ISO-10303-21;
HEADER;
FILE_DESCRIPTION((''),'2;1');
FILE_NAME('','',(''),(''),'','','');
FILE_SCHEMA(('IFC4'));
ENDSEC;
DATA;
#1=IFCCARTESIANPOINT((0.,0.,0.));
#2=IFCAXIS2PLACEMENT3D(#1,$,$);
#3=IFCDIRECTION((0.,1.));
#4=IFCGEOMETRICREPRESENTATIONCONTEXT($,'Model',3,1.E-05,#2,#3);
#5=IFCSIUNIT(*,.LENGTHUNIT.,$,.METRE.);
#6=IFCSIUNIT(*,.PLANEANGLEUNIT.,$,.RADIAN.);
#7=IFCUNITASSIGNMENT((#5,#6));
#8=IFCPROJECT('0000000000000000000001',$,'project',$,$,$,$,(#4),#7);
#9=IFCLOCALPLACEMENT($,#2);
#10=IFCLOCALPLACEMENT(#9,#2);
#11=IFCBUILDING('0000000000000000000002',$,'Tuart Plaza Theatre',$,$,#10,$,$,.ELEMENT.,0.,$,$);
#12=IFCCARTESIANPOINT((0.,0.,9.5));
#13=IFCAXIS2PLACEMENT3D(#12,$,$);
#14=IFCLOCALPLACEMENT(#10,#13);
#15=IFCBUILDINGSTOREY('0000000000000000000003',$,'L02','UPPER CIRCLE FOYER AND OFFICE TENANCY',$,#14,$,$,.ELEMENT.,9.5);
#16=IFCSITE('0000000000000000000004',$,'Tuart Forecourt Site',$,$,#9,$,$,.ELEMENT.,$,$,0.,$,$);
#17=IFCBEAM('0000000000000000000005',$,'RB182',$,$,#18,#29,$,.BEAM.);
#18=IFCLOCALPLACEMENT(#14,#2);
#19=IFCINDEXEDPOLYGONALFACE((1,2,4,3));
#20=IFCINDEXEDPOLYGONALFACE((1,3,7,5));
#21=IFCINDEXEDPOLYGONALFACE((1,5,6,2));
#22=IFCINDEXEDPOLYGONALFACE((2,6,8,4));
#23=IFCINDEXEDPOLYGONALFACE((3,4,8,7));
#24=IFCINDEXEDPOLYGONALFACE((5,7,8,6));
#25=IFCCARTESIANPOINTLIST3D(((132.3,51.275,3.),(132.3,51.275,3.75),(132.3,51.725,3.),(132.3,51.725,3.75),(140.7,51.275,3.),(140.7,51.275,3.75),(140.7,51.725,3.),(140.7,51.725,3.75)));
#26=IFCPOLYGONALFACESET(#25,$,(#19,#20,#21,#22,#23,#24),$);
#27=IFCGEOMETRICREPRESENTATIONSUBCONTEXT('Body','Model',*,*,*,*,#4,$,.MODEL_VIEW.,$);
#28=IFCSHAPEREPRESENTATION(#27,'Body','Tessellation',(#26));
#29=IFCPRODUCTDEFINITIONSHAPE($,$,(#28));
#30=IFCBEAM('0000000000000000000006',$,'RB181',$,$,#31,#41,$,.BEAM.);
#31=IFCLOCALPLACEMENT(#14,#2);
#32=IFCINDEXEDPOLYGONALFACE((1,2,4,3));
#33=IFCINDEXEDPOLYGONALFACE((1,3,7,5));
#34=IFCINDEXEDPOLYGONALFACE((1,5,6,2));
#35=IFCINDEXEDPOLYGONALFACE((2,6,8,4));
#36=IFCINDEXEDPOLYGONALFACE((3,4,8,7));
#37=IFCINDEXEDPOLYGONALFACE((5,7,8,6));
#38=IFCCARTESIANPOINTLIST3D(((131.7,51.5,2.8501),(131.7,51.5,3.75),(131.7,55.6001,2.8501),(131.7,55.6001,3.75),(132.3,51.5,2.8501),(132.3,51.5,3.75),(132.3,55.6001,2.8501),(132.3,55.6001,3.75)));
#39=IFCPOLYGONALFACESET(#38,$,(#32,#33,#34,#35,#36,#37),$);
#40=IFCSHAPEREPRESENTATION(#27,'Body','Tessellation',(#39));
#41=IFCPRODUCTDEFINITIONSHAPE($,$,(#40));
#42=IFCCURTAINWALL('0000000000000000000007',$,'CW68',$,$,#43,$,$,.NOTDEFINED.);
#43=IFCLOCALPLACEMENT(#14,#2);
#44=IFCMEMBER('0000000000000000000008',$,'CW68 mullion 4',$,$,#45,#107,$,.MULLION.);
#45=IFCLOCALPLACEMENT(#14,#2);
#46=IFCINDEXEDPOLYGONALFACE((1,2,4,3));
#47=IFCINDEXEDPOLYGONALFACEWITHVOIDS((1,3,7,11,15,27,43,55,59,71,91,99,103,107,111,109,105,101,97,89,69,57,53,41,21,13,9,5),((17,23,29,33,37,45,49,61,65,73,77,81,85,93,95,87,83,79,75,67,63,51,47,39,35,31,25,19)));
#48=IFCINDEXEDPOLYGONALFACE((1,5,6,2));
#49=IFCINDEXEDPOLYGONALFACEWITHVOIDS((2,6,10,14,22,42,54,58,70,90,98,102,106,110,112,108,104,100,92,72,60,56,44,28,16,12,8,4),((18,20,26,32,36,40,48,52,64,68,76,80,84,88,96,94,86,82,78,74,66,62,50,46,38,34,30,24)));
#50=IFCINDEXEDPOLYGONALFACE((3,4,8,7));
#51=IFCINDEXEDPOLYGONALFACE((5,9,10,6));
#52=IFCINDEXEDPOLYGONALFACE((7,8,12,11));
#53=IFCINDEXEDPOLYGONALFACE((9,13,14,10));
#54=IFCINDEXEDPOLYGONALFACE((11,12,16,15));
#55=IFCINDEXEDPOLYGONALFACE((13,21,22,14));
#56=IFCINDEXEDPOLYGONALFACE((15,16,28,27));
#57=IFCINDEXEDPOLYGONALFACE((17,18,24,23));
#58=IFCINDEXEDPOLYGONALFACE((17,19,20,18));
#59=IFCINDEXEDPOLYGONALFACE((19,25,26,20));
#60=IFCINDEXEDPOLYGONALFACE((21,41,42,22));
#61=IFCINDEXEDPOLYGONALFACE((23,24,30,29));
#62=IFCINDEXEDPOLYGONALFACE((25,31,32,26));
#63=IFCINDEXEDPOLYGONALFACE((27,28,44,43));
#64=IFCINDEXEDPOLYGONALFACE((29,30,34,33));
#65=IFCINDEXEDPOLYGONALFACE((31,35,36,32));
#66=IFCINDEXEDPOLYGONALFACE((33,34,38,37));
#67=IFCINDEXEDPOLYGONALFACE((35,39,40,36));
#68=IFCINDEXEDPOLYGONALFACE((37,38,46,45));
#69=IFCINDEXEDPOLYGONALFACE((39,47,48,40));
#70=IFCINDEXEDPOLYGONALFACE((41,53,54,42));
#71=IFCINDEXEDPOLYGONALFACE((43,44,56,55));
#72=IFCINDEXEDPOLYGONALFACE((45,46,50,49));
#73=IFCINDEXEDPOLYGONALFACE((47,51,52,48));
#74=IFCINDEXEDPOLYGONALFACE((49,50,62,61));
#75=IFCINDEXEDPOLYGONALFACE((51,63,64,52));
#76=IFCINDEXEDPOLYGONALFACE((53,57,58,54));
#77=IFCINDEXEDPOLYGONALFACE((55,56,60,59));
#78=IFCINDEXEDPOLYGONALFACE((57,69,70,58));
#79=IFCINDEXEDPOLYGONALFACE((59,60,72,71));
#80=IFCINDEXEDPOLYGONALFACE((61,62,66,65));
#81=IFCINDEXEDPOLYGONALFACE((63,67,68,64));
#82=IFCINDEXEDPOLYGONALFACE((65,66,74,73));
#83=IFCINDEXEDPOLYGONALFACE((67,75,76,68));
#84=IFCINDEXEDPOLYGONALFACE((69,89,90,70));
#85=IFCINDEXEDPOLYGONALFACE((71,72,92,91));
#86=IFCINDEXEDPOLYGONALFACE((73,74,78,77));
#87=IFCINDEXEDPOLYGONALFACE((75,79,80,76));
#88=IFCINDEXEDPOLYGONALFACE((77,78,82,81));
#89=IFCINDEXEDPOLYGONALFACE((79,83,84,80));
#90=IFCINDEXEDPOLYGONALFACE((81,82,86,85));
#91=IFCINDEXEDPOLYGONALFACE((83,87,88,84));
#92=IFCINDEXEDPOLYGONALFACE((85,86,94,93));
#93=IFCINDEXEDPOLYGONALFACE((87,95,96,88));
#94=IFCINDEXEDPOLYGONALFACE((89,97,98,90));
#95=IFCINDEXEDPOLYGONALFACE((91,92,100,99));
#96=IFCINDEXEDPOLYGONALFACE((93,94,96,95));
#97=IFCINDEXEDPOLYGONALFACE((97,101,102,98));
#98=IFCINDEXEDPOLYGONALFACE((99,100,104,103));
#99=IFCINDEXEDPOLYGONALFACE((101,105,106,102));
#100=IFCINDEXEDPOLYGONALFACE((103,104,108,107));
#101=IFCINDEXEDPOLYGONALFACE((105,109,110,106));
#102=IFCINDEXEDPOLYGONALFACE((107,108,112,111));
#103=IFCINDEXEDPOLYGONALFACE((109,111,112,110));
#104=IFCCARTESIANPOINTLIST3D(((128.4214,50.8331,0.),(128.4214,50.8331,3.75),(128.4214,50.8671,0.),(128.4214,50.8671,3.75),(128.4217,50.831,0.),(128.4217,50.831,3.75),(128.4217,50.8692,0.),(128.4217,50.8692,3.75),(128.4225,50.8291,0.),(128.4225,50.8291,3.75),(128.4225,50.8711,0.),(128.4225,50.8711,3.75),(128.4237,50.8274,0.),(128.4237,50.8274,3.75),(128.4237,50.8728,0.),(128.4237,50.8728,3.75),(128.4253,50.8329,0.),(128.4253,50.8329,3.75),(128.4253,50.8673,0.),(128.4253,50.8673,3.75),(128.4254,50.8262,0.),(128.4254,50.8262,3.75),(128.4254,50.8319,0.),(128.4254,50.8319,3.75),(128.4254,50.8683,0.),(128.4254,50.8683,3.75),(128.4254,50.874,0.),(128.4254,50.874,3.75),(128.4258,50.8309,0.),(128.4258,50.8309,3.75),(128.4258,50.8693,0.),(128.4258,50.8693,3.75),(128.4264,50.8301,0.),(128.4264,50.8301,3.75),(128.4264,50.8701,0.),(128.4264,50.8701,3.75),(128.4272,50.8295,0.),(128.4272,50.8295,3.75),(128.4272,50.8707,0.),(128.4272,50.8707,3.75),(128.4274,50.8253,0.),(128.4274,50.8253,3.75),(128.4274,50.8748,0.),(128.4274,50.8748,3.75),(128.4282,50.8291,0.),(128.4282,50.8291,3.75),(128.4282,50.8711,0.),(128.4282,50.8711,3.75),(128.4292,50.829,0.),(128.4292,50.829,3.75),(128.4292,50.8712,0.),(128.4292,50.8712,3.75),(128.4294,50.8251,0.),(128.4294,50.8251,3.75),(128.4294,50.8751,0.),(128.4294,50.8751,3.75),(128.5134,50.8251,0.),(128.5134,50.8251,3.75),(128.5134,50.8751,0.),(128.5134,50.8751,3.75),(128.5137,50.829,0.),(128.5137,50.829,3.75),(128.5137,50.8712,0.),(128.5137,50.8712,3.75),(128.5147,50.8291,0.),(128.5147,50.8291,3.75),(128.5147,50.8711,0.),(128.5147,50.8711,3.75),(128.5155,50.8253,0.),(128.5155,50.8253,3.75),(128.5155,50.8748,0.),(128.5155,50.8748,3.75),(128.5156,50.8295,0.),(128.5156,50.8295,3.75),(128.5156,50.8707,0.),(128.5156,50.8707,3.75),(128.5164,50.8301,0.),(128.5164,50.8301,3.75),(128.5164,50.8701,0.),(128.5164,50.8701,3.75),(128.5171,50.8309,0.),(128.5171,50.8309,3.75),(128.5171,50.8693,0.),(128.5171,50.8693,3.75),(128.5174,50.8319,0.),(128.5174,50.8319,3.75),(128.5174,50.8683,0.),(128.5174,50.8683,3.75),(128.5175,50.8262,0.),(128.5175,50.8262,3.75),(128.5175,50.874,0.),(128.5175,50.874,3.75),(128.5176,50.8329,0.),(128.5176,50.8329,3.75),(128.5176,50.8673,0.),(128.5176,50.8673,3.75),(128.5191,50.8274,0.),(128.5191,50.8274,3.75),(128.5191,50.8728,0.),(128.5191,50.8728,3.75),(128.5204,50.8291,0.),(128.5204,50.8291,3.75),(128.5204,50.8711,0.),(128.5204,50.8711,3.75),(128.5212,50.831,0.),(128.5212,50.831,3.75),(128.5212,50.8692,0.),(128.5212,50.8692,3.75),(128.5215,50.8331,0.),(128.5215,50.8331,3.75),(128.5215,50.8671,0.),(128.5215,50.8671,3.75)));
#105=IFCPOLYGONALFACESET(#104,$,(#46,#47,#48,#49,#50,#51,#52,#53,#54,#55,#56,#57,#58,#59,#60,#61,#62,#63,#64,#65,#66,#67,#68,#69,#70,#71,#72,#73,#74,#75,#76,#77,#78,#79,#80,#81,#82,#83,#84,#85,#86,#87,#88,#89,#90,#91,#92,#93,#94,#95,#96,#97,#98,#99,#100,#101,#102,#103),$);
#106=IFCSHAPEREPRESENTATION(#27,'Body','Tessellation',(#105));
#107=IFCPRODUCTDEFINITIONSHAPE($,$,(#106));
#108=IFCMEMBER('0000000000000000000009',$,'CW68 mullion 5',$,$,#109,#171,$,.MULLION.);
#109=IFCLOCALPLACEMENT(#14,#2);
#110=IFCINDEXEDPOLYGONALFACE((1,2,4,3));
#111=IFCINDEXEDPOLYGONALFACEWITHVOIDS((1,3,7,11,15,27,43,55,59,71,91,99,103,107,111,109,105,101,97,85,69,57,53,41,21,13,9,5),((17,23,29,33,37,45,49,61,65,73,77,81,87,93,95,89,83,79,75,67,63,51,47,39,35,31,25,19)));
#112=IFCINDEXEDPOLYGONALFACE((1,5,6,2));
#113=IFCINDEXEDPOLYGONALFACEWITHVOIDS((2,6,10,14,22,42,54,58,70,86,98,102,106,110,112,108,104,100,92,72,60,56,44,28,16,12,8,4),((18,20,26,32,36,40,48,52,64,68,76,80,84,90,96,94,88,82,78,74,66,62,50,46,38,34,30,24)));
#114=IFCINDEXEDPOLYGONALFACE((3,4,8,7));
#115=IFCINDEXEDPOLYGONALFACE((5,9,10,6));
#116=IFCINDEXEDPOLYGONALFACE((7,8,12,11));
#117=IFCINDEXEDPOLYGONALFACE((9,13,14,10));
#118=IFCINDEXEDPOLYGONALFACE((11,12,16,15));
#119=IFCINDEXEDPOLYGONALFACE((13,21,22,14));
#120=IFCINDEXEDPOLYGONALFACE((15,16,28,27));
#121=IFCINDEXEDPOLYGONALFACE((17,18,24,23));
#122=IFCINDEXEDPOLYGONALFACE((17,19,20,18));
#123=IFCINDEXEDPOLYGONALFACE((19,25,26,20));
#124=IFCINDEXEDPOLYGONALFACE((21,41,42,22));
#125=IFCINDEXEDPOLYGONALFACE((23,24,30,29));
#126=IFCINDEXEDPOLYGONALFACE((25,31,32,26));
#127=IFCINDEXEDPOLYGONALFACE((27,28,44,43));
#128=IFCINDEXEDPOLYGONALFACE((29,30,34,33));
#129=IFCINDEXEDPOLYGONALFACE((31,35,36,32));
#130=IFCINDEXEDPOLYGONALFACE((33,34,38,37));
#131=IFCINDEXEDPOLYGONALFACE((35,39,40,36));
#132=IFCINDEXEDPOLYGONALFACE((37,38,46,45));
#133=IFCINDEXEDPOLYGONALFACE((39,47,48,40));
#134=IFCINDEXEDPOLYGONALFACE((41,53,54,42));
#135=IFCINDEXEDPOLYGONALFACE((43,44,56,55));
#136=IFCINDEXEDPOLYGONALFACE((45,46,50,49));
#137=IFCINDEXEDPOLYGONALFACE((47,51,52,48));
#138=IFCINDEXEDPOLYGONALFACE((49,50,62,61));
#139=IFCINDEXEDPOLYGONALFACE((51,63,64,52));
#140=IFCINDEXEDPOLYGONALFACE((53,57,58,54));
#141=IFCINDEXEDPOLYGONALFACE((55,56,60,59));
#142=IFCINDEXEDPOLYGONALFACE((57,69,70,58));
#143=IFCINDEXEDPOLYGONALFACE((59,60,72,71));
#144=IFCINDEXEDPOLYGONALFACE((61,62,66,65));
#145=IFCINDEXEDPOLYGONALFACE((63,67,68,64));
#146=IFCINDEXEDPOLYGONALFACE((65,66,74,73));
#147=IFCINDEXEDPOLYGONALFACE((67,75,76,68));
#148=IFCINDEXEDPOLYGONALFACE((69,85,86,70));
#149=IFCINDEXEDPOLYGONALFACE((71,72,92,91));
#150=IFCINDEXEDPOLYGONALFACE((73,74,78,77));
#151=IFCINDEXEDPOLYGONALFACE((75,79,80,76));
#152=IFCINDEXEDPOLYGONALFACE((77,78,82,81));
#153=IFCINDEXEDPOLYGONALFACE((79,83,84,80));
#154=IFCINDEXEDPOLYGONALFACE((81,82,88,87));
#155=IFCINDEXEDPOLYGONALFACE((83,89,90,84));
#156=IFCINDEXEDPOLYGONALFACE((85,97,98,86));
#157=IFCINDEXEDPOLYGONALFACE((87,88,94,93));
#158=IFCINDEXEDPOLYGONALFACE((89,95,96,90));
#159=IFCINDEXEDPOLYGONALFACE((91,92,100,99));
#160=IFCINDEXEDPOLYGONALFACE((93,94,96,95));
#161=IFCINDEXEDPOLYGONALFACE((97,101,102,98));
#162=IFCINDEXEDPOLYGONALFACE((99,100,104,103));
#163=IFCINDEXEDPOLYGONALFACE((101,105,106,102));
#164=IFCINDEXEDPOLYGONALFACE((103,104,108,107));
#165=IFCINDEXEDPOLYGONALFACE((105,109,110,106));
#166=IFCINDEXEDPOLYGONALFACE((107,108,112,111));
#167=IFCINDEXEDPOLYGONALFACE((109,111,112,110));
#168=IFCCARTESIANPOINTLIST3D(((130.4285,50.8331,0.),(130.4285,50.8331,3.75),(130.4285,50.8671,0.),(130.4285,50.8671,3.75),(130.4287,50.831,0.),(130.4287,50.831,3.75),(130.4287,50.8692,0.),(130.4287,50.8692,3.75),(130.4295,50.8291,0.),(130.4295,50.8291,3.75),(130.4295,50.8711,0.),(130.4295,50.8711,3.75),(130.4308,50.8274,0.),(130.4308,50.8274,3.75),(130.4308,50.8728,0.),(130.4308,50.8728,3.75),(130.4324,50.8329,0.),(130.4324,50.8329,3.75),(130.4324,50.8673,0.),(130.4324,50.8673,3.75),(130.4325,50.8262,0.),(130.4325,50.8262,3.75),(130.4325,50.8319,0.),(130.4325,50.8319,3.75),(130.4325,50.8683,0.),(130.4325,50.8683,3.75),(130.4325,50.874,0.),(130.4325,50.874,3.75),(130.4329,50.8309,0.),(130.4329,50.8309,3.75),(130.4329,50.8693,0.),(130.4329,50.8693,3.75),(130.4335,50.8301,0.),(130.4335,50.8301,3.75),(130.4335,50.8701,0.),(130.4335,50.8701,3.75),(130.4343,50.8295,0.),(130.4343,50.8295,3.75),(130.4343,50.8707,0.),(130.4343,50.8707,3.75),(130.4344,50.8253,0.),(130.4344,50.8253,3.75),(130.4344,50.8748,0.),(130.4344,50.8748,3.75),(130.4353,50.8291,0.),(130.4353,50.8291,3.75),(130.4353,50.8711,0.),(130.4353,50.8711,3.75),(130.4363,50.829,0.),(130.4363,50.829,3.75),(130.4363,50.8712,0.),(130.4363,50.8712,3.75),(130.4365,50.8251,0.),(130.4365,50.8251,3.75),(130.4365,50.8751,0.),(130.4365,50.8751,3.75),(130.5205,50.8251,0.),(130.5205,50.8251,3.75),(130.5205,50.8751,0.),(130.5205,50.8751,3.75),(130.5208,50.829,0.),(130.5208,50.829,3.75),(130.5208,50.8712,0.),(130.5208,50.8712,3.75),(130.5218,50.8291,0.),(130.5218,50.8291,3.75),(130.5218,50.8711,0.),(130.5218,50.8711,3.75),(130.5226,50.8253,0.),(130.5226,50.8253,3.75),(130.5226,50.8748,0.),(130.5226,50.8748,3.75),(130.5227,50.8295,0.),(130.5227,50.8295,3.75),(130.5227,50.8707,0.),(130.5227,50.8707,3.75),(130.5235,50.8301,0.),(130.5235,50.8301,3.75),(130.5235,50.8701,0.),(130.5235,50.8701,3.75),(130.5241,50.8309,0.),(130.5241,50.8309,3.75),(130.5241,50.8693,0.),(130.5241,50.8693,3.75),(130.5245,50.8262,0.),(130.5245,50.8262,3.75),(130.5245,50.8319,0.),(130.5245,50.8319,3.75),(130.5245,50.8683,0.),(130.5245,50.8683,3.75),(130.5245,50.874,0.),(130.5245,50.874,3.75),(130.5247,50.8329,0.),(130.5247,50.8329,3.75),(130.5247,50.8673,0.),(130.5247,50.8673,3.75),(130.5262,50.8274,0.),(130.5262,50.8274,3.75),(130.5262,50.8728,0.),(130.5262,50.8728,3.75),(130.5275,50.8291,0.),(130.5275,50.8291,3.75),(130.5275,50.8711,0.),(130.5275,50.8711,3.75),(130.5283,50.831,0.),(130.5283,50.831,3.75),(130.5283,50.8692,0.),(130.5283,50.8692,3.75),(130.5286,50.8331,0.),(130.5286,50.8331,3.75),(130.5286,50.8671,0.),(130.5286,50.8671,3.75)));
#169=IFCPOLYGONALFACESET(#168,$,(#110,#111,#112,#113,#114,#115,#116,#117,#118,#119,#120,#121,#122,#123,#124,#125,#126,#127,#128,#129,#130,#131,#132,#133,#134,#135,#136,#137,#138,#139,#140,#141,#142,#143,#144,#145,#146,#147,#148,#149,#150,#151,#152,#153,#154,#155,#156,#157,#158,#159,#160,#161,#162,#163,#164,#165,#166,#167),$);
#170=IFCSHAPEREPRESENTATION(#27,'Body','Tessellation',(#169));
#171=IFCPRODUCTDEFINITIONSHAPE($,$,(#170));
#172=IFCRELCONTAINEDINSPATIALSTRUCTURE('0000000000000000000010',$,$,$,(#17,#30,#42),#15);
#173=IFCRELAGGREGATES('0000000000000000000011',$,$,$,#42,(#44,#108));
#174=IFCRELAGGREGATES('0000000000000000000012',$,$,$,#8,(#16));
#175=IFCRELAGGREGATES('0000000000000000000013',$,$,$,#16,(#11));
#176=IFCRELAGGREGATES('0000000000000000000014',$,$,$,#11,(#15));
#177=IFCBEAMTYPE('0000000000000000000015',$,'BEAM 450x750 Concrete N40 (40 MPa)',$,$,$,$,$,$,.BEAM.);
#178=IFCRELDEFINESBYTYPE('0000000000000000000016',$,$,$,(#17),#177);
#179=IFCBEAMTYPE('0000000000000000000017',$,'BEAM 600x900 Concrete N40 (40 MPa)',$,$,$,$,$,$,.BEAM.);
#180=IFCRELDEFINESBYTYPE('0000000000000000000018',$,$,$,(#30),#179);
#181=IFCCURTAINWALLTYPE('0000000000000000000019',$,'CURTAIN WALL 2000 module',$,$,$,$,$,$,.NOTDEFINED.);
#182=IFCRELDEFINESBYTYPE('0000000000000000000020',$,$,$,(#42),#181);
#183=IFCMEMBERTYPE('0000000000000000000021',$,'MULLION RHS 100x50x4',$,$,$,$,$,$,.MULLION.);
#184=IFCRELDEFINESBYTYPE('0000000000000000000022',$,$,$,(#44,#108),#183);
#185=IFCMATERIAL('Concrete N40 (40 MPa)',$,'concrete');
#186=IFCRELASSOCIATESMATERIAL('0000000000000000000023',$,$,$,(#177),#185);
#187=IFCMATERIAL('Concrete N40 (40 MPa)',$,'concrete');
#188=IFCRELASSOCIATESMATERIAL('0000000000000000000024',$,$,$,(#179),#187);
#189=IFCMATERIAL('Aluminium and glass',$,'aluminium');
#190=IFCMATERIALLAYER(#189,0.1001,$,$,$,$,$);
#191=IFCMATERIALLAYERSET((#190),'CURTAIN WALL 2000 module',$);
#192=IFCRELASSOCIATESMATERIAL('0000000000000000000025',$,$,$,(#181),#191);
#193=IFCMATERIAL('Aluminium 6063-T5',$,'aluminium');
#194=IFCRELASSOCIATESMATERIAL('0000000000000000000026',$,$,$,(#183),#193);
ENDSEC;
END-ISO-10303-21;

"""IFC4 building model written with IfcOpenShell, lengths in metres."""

from ifc_helpers import new_model, si_unit, direction, frame, origin, origin_2d, place, context, subcontext, project, spatial, rectangle, hollow_rectangle, extrude, material, layer, layer_set, material_profile, profile_set, type_object, element, aggregate, save


model = new_model("IFC4")

# Units and contexts
model_context = context("Model", 3, precision=1e-05, world=origin(), true_north=direction((0.0, 1.0)))
body_context = subcontext(model_context, "Body", "Model", "MODEL_VIEW")
ifc_project = project(units=[si_unit("LENGTHUNIT", "METRE"), si_unit("PLANEANGLEUNIT", "RADIAN")], contexts=[model_context])

# Site, building, storey
site_placement = place(None, origin())
site = spatial("IfcSite", under=ifc_project, at=site_placement, Name="Tuart Forecourt Site", CompositionType="ELEMENT", RefElevation=0.0)
building_placement = place(site_placement, origin())
building = spatial("IfcBuilding", under=site, at=building_placement, Name="Tuart Plaza Theatre", CompositionType="ELEMENT", ElevationOfRefHeight=0.0)
storey_placement = place(building_placement, frame((0.0, 0.0, 9.5)))
storey = spatial("IfcBuildingStorey", under=building, at=storey_placement, Name="L02", Description="UPPER CIRCLE FOYER AND OFFICE TENANCY", CompositionType="ELEMENT", Elevation=9.5)

# Beams
ifc_material_1 = material(Name="Concrete N40 (40 MPa)", Category="concrete")
ifc_material_profile_1 = material_profile(ifc_material_1, rectangle(XDim=0.45, YDim=0.75, at=origin_2d()), Name="BEAM 450x750 Concrete N40 (40 MPa)")
ifc_profile_set_1 = profile_set([ifc_material_profile_1], Name="Concrete N40 (40 MPa)")
beam_type_1 = type_object("IfcBeamType", Name="BEAM 450x750 Concrete N40 (40 MPa)", PredefinedType="BEAM", material=ifc_profile_set_1)
beam_1_placement = place(storey_placement, frame((132.3, 51.5, 3.375), z_axis=(1.0, 0.0, 0.0), x_axis=(0.0, 1.0, 0.0)))
element("IfcBeam", 1, at=beam_1_placement, inside=storey, type_object=beam_type_1, Name="RB182", PredefinedType="BEAM", context=body_context, shape_type="SweptSolid", body=[
    extrude(rectangle(XDim=0.45, YDim=0.75, at=origin_2d()), origin(), (0.0, 0.0, 1.0), 8.3999),
])
ifc_material_2 = material(Name="Concrete N40 (40 MPa)", Category="concrete")
ifc_material_profile_2 = material_profile(ifc_material_2, rectangle(XDim=0.6001, YDim=0.8999, at=origin_2d()), Name="BEAM 600x900 Concrete N40 (40 MPa)")
ifc_profile_set_2 = profile_set([ifc_material_profile_2], Name="Concrete N40 (40 MPa)")
beam_type_2 = type_object("IfcBeamType", Name="BEAM 600x900 Concrete N40 (40 MPa)", PredefinedType="BEAM", material=ifc_profile_set_2)
beam_2_placement = place(storey_placement, frame((132.0, 51.5, 3.3), z_axis=(0.0, 1.0, 0.0), x_axis=(-1.0, 0.0, 0.0)))
element("IfcBeam", 2, at=beam_2_placement, inside=storey, type_object=beam_type_2, Name="RB181", PredefinedType="BEAM", context=body_context, shape_type="SweptSolid", body=[
    extrude(rectangle(XDim=0.6001, YDim=0.8999, at=origin_2d()), origin(), (0.0, 0.0, 1.0), 4.1001),
])

# Curtain wall, members
ifc_material_3 = material(Name="Aluminium and glass", Category="aluminium")
ifc_layer_1 = layer(ifc_material_3, 0.1001)
ifc_layer_set_1 = layer_set([ifc_layer_1], Name="CURTAIN WALL 2000 module")
curtain_wall_type = type_object("IfcCurtainWallType", Name="CURTAIN WALL 2000 module", PredefinedType="NOTDEFINED", material=ifc_layer_set_1)
curtain_wall_placement = place(storey_placement, origin())
curtain_wall = element("IfcCurtainWall", 3, at=curtain_wall_placement, inside=storey, type_object=curtain_wall_type, Name="CW68", PredefinedType="NOTDEFINED")
ifc_material_4 = material(Name="Aluminium 6063-T5", Category="aluminium")
ifc_material_profile_3 = material_profile(ifc_material_4, hollow_rectangle(XDim=0.05, YDim=0.1001, WallThickness=0.0039, InnerFilletRadius=0.0039, OuterFilletRadius=0.0081, at=origin_2d()), Name="RHS 100x50x4")
ifc_profile_set_3 = profile_set([ifc_material_profile_3], Name="Aluminium 6063-T5")
member_type_1 = type_object("IfcMemberType", Name="MULLION RHS 100x50x4", PredefinedType="MULLION", material=ifc_profile_set_3)
member_1_placement = place(storey_placement, frame((128.4714, 50.8501, 0.0), z_axis=(0.0, 0.0, 1.0), x_axis=(0.0, 1.0, 0.0)))
member_1 = element("IfcMember", 4, at=member_1_placement, type_object=member_type_1, Name="CW68 mullion 4", PredefinedType="MULLION", context=body_context, shape_type="SweptSolid", body=[
    extrude(hollow_rectangle(XDim=0.05, YDim=0.1001, WallThickness=0.0039, InnerFilletRadius=0.0039, OuterFilletRadius=0.0081, at=origin_2d()), origin(), (0.0, 0.0, 1.0), 3.75),
])
member_2_placement = place(storey_placement, frame((130.4785, 50.8501, 0.0), z_axis=(0.0, 0.0, 1.0), x_axis=(0.0, 1.0, 0.0)))
member_2 = element("IfcMember", 5, at=member_2_placement, type_object=member_type_1, Name="CW68 mullion 5", PredefinedType="MULLION", context=body_context, shape_type="SweptSolid", body=[
    extrude(hollow_rectangle(XDim=0.05, YDim=0.1001, WallThickness=0.0039, InnerFilletRadius=0.0039, OuterFilletRadius=0.0081, at=origin_2d()), origin(), (0.0, 0.0, 1.0), 3.75),
])
aggregate(curtain_wall, [member_1, member_2])

save(model, "model.ifc")
